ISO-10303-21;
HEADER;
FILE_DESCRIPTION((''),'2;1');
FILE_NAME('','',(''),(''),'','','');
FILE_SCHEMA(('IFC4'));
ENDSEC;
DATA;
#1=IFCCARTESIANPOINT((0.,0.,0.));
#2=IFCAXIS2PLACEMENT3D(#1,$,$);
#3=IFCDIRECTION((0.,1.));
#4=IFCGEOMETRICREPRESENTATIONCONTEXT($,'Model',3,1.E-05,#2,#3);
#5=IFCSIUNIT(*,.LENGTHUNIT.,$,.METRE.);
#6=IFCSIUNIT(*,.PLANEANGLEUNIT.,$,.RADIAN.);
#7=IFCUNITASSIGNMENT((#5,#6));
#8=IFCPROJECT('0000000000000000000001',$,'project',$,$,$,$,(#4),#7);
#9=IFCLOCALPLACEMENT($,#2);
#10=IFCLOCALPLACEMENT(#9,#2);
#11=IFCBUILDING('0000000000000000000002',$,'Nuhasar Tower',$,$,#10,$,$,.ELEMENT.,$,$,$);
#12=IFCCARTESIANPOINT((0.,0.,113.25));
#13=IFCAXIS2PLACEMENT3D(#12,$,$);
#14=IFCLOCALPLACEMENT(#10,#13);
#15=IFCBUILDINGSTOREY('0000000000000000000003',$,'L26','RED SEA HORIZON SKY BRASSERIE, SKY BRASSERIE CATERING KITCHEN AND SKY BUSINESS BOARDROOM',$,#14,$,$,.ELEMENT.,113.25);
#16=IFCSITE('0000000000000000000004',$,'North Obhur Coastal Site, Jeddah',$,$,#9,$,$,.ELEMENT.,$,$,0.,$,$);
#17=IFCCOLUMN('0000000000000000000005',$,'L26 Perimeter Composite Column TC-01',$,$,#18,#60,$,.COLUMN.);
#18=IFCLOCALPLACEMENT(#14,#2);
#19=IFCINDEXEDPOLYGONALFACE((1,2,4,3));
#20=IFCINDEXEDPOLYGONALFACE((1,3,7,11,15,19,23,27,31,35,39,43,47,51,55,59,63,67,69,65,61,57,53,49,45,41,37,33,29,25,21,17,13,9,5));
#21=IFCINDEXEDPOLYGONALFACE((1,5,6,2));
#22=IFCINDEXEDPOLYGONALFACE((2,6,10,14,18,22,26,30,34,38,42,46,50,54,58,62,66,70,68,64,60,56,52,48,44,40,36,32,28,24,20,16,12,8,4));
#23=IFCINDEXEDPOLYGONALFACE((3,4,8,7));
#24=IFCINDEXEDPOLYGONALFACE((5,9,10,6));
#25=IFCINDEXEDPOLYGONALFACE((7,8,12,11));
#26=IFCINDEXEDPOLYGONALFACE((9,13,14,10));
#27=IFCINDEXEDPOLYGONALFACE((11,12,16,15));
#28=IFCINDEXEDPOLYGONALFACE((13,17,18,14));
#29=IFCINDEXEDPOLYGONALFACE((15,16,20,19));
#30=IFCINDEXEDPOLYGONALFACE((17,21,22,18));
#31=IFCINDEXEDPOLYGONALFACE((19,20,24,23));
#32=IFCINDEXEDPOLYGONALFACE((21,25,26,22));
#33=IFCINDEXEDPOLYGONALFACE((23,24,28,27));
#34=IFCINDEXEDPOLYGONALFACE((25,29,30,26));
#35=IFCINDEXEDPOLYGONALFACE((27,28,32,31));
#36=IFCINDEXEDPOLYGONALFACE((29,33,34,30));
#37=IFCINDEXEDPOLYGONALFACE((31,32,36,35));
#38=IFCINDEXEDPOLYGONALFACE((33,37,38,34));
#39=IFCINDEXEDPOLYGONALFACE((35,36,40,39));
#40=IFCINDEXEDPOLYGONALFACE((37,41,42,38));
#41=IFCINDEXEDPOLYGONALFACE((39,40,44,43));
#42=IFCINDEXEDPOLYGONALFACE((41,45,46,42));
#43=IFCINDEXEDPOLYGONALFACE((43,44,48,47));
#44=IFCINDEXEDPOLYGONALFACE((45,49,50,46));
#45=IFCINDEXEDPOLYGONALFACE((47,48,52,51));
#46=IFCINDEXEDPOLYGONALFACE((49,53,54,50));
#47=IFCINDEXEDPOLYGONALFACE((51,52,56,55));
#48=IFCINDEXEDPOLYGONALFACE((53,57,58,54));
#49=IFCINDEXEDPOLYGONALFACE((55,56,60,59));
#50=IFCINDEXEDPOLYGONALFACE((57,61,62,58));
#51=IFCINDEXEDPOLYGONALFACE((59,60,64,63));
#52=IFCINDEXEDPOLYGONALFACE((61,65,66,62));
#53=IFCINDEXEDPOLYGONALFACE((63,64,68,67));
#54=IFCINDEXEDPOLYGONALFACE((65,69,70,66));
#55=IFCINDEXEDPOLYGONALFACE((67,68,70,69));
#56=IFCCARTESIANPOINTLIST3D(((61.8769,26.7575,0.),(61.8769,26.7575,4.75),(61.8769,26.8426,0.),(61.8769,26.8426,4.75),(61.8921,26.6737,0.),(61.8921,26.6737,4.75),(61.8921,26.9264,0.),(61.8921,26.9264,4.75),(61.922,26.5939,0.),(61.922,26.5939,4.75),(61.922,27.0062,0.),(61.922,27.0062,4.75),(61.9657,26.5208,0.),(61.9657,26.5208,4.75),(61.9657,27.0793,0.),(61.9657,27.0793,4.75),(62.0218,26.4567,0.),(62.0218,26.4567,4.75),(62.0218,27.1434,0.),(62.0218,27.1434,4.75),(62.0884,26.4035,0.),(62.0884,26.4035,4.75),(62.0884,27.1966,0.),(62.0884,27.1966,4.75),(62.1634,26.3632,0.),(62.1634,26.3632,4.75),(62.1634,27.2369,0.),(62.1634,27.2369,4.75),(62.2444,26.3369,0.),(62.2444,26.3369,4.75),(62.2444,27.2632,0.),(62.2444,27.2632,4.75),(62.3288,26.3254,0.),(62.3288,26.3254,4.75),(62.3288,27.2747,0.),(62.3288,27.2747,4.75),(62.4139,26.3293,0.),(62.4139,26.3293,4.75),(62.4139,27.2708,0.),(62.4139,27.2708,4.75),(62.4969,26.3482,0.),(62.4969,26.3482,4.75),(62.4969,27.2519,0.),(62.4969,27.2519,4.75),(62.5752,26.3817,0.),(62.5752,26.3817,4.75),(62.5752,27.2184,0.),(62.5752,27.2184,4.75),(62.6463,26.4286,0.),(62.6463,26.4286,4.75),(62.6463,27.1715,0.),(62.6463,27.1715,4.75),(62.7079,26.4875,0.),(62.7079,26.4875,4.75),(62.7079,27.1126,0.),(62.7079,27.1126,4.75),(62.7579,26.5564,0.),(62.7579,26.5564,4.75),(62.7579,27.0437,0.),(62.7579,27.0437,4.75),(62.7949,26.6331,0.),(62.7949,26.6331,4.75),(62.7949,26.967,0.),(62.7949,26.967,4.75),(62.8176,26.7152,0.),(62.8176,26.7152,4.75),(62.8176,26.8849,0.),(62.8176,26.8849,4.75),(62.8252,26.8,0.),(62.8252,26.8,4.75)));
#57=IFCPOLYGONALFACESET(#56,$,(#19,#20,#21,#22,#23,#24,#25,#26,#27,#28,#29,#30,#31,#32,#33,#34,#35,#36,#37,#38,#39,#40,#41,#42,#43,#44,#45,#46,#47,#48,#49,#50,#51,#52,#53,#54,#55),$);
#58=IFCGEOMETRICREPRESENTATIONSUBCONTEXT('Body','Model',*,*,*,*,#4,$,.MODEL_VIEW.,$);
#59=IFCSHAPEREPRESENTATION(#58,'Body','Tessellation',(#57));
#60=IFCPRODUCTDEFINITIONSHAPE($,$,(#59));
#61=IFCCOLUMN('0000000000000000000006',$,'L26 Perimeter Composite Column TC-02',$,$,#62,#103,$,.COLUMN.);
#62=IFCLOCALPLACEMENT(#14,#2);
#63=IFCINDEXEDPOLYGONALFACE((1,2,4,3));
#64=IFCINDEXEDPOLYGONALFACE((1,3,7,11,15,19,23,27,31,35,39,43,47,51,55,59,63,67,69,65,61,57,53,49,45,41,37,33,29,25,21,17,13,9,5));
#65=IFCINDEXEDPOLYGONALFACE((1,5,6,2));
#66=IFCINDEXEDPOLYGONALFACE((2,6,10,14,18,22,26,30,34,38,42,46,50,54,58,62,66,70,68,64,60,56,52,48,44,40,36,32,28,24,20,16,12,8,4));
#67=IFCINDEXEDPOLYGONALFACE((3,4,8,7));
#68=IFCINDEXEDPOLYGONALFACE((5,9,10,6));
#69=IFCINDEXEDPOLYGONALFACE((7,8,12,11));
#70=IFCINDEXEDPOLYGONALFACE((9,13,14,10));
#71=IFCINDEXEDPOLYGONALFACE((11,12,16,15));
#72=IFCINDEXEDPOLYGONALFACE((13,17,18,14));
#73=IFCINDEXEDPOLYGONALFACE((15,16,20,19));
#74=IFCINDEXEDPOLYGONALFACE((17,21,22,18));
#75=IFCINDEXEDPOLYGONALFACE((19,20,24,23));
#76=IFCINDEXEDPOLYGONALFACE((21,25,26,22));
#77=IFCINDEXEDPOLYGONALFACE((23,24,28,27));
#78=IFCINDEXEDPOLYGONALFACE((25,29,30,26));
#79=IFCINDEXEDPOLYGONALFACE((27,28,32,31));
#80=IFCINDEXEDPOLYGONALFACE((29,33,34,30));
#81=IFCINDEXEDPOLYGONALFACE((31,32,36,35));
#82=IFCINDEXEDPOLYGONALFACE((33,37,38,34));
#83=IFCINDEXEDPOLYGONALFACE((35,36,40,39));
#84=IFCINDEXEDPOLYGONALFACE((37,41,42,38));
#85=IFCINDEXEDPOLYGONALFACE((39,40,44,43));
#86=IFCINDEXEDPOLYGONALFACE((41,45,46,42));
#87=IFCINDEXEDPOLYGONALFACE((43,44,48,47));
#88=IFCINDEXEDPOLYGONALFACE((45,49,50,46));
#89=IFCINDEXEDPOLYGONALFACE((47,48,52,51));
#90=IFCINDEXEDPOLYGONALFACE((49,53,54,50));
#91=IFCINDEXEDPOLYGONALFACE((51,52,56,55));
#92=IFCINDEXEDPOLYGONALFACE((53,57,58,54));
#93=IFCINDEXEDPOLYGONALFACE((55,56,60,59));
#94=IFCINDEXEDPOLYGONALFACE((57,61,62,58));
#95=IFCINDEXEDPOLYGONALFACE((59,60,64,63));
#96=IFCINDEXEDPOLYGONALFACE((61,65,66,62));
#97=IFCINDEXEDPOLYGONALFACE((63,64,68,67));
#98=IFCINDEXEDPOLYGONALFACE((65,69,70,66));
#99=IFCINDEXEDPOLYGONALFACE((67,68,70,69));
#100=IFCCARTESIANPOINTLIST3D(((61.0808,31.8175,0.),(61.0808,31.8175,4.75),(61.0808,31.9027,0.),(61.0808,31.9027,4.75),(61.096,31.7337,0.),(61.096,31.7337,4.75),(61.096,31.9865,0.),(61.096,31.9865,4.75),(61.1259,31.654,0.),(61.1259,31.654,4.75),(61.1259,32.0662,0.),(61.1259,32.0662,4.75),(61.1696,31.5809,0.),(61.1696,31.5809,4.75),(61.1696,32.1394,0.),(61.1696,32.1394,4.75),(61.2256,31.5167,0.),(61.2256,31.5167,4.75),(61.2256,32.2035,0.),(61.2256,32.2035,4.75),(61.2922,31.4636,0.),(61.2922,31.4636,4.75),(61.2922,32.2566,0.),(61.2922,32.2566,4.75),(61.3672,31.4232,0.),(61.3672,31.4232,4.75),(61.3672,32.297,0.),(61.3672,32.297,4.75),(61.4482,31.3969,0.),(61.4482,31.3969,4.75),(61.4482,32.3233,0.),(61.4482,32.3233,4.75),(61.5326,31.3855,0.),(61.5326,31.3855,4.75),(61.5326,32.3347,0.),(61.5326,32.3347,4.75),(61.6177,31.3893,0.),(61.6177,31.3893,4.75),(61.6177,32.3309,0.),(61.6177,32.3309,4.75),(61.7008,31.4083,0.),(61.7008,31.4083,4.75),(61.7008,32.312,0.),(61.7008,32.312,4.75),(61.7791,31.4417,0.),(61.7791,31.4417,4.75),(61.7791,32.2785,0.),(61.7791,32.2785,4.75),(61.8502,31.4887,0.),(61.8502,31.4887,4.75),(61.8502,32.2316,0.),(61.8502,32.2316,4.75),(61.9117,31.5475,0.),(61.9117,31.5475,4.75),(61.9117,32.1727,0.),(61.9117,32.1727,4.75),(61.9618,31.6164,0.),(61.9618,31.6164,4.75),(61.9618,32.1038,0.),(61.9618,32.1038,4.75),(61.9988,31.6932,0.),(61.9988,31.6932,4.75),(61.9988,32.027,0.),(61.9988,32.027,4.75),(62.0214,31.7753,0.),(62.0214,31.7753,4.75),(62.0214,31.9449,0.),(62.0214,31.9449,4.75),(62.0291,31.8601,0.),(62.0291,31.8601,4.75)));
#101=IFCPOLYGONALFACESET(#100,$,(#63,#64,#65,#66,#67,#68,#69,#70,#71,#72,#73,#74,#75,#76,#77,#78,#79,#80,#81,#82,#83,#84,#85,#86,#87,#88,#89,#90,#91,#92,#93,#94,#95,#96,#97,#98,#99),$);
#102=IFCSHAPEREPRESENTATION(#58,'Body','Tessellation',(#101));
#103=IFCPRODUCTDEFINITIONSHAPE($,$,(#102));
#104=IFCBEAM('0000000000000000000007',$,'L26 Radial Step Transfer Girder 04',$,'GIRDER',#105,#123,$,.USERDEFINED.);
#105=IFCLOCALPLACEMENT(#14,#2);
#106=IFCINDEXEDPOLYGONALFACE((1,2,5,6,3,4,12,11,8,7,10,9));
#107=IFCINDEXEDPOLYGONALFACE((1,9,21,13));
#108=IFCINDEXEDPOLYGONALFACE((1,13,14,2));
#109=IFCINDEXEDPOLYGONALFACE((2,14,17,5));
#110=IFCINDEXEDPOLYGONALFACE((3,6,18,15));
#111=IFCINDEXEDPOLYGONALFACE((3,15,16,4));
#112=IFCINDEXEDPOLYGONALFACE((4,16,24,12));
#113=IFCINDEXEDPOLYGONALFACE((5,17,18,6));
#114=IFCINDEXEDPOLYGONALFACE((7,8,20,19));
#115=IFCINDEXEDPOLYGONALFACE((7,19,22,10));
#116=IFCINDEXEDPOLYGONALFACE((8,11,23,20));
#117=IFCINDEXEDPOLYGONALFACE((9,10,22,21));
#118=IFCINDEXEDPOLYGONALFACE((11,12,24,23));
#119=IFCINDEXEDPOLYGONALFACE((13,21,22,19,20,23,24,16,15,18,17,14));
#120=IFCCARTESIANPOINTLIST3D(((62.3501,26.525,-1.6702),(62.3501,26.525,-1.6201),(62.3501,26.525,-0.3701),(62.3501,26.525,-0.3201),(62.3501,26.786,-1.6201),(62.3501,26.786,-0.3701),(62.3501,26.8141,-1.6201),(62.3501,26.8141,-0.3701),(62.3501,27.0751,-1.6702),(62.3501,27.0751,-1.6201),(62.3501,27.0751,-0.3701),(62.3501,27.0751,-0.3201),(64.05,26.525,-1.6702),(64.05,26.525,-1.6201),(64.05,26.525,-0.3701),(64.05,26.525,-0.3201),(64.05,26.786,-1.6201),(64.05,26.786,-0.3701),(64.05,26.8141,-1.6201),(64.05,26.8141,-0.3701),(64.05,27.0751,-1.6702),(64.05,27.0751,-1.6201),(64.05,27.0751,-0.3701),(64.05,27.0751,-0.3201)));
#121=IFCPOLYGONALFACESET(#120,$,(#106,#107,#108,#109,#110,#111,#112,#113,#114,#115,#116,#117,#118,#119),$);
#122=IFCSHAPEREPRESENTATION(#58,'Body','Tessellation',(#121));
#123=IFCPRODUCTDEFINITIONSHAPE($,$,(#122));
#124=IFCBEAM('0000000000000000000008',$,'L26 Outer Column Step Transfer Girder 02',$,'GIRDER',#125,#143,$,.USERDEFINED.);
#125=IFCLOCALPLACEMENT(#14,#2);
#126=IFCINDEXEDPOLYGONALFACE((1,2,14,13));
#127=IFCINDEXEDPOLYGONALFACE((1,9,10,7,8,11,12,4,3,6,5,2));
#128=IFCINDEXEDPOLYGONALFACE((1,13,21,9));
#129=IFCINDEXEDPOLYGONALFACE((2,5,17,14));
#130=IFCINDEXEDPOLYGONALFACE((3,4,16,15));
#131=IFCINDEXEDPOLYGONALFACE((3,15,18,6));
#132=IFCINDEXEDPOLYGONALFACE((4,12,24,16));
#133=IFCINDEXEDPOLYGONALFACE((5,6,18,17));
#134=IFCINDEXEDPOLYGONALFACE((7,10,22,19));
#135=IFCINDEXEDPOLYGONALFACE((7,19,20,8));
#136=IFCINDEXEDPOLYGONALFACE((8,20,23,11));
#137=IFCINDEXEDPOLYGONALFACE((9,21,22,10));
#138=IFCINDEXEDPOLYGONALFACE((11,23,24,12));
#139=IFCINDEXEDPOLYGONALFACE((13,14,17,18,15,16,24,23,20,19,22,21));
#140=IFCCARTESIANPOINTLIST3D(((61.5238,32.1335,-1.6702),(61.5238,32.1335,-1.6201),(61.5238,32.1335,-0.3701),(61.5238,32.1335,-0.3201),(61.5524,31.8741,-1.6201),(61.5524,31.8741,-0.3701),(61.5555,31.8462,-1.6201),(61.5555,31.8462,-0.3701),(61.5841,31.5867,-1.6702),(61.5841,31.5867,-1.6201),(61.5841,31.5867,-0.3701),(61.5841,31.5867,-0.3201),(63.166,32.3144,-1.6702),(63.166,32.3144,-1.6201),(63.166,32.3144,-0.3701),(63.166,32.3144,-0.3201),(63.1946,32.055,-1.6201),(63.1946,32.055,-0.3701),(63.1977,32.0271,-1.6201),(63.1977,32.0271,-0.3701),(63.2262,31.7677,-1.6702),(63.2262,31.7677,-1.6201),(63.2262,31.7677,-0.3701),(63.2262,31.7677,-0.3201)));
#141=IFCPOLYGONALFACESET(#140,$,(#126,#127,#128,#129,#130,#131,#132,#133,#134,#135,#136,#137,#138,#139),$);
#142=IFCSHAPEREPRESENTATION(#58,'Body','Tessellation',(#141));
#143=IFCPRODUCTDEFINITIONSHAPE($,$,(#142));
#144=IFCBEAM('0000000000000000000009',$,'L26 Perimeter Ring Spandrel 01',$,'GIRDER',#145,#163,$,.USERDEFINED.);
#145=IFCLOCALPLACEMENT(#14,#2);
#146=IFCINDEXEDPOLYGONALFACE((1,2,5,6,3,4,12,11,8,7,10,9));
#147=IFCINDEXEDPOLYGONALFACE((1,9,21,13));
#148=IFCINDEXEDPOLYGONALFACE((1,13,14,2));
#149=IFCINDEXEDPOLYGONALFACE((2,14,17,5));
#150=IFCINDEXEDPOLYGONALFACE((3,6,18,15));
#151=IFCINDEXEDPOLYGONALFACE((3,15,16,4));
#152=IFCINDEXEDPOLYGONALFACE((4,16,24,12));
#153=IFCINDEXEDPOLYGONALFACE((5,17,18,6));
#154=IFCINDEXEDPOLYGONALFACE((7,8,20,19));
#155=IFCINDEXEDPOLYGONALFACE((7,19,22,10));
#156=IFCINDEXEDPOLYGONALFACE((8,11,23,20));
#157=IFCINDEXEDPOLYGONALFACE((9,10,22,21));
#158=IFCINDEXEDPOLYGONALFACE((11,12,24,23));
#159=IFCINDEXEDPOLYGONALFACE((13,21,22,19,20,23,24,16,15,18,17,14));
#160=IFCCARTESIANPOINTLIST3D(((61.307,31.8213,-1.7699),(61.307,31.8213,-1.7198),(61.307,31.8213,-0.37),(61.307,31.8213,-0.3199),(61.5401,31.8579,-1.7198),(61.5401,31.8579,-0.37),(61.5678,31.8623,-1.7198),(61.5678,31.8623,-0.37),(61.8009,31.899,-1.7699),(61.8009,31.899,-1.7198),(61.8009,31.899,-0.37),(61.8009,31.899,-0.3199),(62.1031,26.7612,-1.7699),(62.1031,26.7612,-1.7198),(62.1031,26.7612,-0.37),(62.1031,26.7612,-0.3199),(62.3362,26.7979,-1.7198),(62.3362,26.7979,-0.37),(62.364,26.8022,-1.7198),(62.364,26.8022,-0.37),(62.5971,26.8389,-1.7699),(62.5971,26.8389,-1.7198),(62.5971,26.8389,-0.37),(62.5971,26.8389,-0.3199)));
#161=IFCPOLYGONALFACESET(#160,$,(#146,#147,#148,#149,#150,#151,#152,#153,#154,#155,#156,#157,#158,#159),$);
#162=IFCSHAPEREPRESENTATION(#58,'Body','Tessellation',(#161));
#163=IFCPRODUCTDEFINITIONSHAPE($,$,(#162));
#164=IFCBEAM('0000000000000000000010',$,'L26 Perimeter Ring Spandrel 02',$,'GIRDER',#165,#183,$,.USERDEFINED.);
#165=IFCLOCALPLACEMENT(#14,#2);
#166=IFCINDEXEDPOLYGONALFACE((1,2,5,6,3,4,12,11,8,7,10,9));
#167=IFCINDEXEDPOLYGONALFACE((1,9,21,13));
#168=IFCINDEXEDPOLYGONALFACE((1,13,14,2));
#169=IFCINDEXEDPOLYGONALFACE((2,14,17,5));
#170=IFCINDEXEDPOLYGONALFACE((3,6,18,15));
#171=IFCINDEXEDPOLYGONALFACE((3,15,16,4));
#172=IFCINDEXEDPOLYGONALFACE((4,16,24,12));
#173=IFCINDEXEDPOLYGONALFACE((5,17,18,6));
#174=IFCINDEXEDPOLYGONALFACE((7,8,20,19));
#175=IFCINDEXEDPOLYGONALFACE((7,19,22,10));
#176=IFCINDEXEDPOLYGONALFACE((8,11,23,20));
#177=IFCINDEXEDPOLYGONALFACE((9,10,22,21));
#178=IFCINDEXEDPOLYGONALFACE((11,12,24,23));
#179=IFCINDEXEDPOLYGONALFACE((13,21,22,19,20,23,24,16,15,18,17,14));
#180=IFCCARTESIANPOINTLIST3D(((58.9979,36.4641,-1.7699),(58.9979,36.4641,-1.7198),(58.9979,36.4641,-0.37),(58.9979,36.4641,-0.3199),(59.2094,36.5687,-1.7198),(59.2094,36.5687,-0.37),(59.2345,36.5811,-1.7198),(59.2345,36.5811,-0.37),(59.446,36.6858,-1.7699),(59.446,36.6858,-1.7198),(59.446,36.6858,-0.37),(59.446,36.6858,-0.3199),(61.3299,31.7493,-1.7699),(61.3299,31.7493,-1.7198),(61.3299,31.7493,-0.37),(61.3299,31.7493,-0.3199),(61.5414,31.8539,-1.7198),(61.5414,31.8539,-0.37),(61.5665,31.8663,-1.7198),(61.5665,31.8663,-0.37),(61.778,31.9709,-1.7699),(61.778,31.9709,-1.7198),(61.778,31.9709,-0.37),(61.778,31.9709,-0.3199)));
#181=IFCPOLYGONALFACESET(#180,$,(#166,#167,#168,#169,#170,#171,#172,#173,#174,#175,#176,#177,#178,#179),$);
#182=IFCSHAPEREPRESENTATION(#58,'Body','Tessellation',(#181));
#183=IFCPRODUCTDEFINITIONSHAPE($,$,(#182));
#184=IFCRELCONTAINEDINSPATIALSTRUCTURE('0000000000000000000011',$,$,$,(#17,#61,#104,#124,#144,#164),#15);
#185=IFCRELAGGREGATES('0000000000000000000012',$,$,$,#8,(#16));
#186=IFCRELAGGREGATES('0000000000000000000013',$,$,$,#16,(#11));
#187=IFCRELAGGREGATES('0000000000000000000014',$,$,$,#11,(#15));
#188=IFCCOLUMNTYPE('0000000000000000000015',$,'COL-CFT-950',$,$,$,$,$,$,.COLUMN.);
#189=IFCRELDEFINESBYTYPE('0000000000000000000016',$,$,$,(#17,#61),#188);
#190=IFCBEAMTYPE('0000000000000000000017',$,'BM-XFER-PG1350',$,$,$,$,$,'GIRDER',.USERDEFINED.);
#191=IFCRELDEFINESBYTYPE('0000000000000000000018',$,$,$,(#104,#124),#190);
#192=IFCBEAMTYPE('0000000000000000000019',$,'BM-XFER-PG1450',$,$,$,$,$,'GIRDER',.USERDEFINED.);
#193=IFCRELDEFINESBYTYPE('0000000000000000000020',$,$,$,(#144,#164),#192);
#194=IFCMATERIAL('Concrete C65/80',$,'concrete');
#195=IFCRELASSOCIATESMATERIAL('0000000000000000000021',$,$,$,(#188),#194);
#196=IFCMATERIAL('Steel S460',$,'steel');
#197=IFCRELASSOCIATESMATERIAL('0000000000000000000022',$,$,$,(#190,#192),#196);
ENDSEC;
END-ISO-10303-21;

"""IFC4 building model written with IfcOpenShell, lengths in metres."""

from ifc_helpers import new_model, si_unit, direction, frame, origin, origin_2d, place, context, subcontext, project, spatial, circle, i_section, extrude, material, material_profile, profile_set, type_object, element, save


model = new_model("IFC4")

# Units and contexts
model_context = context("Model", 3, precision=1e-05, world=origin(), true_north=direction((0.0, 1.0)))
body_context = subcontext(model_context, "Body", "Model", "MODEL_VIEW")
ifc_project = project(units=[si_unit("LENGTHUNIT", "METRE"), si_unit("PLANEANGLEUNIT", "RADIAN")], contexts=[model_context])

# Site, building, storey
site_placement = place(None, origin())
site = spatial("IfcSite", under=ifc_project, at=site_placement, Name="North Obhur Coastal Site, Jeddah", CompositionType="ELEMENT", RefElevation=0.0)
building_placement = place(site_placement, origin())
building = spatial("IfcBuilding", under=site, at=building_placement, Name="Nuhasar Tower", CompositionType="ELEMENT")
storey_placement = place(building_placement, frame((0.0, 0.0, 113.25)))
storey = spatial("IfcBuildingStorey", under=building, at=storey_placement, Name="L26", Description="RED SEA HORIZON SKY BRASSERIE, SKY BRASSERIE CATERING KITCHEN AND SKY BUSINESS BOARDROOM", CompositionType="ELEMENT", Elevation=113.25)

# Columns
ifc_material_1 = material(Name="Concrete C65/80", Category="concrete")
ifc_material_profile_1 = material_profile(ifc_material_1, circle(Radius=0.4751, at=origin_2d()), Name="CFT950")
ifc_profile_set_1 = profile_set([ifc_material_profile_1], Name="Concrete C65/80")
column_type = type_object("IfcColumnType", Name="COL-CFT-950", PredefinedType="COLUMN", material=ifc_profile_set_1)
for number, where, z_axis, x_axis, name in (
    (1, (62.3501, 26.8, 0.0), (0.0, 0.0, 1.0), (1.0, 0.0, 0.0), "L26 Perimeter Composite Column TC-01"),
    (2, (61.554, 31.8601, 0.0), (0.0, 0.0, 1.0), (1.0, 0.0, 0.0), "L26 Perimeter Composite Column TC-02"),
):
    element("IfcColumn", number, at=place(storey_placement, frame(where, z_axis=z_axis, x_axis=x_axis)), inside=storey, type_object=column_type, Name=name, PredefinedType="COLUMN", context=body_context, shape_type="SweptSolid", body=[
        extrude(circle(Radius=0.4751, at=origin_2d()), origin(), (0.0, 0.0, 1.0), 4.75),
    ])

# Beams
ifc_material_2 = material(Name="Steel S460", Category="steel")
ifc_material_profile_2 = material_profile(ifc_material_2, i_section(OverallWidth=0.55, OverallDepth=1.3501, WebThickness=0.0281, FlangeThickness=0.05, at=origin_2d()), Name="PG1350X550")
ifc_profile_set_2 = profile_set([ifc_material_profile_2], Name="Steel S460")
beam_type_1 = type_object("IfcBeamType", Name="BM-XFER-PG1350", ElementType="GIRDER", PredefinedType="USERDEFINED", material=ifc_profile_set_2)
beam_1_placement = place(storey_placement, frame((62.3501, 26.8, -0.9951), z_axis=(1.0, 0.0, 0.0), x_axis=(0.0, 1.0, 0.0)))
element("IfcBeam", 3, at=beam_1_placement, inside=storey, type_object=beam_type_1, Name="L26 Radial Step Transfer Girder 04", ObjectType="GIRDER", PredefinedType="USERDEFINED", context=body_context, shape_type="SweptSolid", body=[
    extrude(i_section(OverallWidth=0.55, OverallDepth=1.3501, WebThickness=0.0281, FlangeThickness=0.05, at=origin_2d()), origin(), (0.0, 0.0, 1.0), 1.7),
])
beam_2_placement = place(storey_placement, frame((61.554, 31.8601, -0.9951), z_axis=(0.993986, 0.109507, 0.0), x_axis=(-0.109507, 0.993986, 0.0)))
element("IfcBeam", 4, at=beam_2_placement, inside=storey, type_object=beam_type_1, Name="L26 Outer Column Step Transfer Girder 02", ObjectType="GIRDER", PredefinedType="USERDEFINED", context=body_context, shape_type="SweptSolid", body=[
    extrude(i_section(OverallWidth=0.55, OverallDepth=1.3501, WebThickness=0.0281, FlangeThickness=0.05, at=origin_2d()), origin(), (0.0, 0.0, 1.0), 1.6521),
])
ifc_material_profile_3 = material_profile(ifc_material_2, i_section(OverallWidth=0.5, OverallDepth=1.45, WebThickness=0.0281, FlangeThickness=0.05, at=origin_2d()), Name="PG1450X500")
ifc_profile_set_3 = profile_set([ifc_material_profile_3], Name="Steel S460")
beam_type_2 = type_object("IfcBeamType", Name="BM-XFER-PG1450", ElementType="GIRDER", PredefinedType="USERDEFINED", material=ifc_profile_set_3)
beam_3_placement = place(storey_placement, frame((62.3501, 26.8, -1.0449), z_axis=(-0.155427, 0.987847, 0.0), x_axis=(-0.987847, -0.155427, 0.0)))
element("IfcBeam", 5, at=beam_3_placement, inside=storey, type_object=beam_type_2, Name="L26 Perimeter Ring Spandrel 01", ObjectType="GIRDER", PredefinedType="USERDEFINED", context=body_context, shape_type="SweptSolid", body=[
    extrude(i_section(OverallWidth=0.5, OverallDepth=1.45, WebThickness=0.0281, FlangeThickness=0.05, at=origin_2d()), origin(), (0.0, 0.0, 1.0), 5.1223),
])
beam_4_placement = place(storey_placement, frame((61.554, 31.8601, -1.0449), z_axis=(-0.443348, 0.89635, 0.0), x_axis=(-0.89635, -0.443348, 0.0)))
element("IfcBeam", 6, at=beam_4_placement, inside=storey, type_object=beam_type_2, Name="L26 Perimeter Ring Spandrel 02", ObjectType="GIRDER", PredefinedType="USERDEFINED", context=body_context, shape_type="SweptSolid", body=[
    extrude(i_section(OverallWidth=0.5, OverallDepth=1.45, WebThickness=0.0281, FlangeThickness=0.05, at=origin_2d()), origin(), (0.0, 0.0, 1.0), 5.26),
])

save(model, "model.ifc")
